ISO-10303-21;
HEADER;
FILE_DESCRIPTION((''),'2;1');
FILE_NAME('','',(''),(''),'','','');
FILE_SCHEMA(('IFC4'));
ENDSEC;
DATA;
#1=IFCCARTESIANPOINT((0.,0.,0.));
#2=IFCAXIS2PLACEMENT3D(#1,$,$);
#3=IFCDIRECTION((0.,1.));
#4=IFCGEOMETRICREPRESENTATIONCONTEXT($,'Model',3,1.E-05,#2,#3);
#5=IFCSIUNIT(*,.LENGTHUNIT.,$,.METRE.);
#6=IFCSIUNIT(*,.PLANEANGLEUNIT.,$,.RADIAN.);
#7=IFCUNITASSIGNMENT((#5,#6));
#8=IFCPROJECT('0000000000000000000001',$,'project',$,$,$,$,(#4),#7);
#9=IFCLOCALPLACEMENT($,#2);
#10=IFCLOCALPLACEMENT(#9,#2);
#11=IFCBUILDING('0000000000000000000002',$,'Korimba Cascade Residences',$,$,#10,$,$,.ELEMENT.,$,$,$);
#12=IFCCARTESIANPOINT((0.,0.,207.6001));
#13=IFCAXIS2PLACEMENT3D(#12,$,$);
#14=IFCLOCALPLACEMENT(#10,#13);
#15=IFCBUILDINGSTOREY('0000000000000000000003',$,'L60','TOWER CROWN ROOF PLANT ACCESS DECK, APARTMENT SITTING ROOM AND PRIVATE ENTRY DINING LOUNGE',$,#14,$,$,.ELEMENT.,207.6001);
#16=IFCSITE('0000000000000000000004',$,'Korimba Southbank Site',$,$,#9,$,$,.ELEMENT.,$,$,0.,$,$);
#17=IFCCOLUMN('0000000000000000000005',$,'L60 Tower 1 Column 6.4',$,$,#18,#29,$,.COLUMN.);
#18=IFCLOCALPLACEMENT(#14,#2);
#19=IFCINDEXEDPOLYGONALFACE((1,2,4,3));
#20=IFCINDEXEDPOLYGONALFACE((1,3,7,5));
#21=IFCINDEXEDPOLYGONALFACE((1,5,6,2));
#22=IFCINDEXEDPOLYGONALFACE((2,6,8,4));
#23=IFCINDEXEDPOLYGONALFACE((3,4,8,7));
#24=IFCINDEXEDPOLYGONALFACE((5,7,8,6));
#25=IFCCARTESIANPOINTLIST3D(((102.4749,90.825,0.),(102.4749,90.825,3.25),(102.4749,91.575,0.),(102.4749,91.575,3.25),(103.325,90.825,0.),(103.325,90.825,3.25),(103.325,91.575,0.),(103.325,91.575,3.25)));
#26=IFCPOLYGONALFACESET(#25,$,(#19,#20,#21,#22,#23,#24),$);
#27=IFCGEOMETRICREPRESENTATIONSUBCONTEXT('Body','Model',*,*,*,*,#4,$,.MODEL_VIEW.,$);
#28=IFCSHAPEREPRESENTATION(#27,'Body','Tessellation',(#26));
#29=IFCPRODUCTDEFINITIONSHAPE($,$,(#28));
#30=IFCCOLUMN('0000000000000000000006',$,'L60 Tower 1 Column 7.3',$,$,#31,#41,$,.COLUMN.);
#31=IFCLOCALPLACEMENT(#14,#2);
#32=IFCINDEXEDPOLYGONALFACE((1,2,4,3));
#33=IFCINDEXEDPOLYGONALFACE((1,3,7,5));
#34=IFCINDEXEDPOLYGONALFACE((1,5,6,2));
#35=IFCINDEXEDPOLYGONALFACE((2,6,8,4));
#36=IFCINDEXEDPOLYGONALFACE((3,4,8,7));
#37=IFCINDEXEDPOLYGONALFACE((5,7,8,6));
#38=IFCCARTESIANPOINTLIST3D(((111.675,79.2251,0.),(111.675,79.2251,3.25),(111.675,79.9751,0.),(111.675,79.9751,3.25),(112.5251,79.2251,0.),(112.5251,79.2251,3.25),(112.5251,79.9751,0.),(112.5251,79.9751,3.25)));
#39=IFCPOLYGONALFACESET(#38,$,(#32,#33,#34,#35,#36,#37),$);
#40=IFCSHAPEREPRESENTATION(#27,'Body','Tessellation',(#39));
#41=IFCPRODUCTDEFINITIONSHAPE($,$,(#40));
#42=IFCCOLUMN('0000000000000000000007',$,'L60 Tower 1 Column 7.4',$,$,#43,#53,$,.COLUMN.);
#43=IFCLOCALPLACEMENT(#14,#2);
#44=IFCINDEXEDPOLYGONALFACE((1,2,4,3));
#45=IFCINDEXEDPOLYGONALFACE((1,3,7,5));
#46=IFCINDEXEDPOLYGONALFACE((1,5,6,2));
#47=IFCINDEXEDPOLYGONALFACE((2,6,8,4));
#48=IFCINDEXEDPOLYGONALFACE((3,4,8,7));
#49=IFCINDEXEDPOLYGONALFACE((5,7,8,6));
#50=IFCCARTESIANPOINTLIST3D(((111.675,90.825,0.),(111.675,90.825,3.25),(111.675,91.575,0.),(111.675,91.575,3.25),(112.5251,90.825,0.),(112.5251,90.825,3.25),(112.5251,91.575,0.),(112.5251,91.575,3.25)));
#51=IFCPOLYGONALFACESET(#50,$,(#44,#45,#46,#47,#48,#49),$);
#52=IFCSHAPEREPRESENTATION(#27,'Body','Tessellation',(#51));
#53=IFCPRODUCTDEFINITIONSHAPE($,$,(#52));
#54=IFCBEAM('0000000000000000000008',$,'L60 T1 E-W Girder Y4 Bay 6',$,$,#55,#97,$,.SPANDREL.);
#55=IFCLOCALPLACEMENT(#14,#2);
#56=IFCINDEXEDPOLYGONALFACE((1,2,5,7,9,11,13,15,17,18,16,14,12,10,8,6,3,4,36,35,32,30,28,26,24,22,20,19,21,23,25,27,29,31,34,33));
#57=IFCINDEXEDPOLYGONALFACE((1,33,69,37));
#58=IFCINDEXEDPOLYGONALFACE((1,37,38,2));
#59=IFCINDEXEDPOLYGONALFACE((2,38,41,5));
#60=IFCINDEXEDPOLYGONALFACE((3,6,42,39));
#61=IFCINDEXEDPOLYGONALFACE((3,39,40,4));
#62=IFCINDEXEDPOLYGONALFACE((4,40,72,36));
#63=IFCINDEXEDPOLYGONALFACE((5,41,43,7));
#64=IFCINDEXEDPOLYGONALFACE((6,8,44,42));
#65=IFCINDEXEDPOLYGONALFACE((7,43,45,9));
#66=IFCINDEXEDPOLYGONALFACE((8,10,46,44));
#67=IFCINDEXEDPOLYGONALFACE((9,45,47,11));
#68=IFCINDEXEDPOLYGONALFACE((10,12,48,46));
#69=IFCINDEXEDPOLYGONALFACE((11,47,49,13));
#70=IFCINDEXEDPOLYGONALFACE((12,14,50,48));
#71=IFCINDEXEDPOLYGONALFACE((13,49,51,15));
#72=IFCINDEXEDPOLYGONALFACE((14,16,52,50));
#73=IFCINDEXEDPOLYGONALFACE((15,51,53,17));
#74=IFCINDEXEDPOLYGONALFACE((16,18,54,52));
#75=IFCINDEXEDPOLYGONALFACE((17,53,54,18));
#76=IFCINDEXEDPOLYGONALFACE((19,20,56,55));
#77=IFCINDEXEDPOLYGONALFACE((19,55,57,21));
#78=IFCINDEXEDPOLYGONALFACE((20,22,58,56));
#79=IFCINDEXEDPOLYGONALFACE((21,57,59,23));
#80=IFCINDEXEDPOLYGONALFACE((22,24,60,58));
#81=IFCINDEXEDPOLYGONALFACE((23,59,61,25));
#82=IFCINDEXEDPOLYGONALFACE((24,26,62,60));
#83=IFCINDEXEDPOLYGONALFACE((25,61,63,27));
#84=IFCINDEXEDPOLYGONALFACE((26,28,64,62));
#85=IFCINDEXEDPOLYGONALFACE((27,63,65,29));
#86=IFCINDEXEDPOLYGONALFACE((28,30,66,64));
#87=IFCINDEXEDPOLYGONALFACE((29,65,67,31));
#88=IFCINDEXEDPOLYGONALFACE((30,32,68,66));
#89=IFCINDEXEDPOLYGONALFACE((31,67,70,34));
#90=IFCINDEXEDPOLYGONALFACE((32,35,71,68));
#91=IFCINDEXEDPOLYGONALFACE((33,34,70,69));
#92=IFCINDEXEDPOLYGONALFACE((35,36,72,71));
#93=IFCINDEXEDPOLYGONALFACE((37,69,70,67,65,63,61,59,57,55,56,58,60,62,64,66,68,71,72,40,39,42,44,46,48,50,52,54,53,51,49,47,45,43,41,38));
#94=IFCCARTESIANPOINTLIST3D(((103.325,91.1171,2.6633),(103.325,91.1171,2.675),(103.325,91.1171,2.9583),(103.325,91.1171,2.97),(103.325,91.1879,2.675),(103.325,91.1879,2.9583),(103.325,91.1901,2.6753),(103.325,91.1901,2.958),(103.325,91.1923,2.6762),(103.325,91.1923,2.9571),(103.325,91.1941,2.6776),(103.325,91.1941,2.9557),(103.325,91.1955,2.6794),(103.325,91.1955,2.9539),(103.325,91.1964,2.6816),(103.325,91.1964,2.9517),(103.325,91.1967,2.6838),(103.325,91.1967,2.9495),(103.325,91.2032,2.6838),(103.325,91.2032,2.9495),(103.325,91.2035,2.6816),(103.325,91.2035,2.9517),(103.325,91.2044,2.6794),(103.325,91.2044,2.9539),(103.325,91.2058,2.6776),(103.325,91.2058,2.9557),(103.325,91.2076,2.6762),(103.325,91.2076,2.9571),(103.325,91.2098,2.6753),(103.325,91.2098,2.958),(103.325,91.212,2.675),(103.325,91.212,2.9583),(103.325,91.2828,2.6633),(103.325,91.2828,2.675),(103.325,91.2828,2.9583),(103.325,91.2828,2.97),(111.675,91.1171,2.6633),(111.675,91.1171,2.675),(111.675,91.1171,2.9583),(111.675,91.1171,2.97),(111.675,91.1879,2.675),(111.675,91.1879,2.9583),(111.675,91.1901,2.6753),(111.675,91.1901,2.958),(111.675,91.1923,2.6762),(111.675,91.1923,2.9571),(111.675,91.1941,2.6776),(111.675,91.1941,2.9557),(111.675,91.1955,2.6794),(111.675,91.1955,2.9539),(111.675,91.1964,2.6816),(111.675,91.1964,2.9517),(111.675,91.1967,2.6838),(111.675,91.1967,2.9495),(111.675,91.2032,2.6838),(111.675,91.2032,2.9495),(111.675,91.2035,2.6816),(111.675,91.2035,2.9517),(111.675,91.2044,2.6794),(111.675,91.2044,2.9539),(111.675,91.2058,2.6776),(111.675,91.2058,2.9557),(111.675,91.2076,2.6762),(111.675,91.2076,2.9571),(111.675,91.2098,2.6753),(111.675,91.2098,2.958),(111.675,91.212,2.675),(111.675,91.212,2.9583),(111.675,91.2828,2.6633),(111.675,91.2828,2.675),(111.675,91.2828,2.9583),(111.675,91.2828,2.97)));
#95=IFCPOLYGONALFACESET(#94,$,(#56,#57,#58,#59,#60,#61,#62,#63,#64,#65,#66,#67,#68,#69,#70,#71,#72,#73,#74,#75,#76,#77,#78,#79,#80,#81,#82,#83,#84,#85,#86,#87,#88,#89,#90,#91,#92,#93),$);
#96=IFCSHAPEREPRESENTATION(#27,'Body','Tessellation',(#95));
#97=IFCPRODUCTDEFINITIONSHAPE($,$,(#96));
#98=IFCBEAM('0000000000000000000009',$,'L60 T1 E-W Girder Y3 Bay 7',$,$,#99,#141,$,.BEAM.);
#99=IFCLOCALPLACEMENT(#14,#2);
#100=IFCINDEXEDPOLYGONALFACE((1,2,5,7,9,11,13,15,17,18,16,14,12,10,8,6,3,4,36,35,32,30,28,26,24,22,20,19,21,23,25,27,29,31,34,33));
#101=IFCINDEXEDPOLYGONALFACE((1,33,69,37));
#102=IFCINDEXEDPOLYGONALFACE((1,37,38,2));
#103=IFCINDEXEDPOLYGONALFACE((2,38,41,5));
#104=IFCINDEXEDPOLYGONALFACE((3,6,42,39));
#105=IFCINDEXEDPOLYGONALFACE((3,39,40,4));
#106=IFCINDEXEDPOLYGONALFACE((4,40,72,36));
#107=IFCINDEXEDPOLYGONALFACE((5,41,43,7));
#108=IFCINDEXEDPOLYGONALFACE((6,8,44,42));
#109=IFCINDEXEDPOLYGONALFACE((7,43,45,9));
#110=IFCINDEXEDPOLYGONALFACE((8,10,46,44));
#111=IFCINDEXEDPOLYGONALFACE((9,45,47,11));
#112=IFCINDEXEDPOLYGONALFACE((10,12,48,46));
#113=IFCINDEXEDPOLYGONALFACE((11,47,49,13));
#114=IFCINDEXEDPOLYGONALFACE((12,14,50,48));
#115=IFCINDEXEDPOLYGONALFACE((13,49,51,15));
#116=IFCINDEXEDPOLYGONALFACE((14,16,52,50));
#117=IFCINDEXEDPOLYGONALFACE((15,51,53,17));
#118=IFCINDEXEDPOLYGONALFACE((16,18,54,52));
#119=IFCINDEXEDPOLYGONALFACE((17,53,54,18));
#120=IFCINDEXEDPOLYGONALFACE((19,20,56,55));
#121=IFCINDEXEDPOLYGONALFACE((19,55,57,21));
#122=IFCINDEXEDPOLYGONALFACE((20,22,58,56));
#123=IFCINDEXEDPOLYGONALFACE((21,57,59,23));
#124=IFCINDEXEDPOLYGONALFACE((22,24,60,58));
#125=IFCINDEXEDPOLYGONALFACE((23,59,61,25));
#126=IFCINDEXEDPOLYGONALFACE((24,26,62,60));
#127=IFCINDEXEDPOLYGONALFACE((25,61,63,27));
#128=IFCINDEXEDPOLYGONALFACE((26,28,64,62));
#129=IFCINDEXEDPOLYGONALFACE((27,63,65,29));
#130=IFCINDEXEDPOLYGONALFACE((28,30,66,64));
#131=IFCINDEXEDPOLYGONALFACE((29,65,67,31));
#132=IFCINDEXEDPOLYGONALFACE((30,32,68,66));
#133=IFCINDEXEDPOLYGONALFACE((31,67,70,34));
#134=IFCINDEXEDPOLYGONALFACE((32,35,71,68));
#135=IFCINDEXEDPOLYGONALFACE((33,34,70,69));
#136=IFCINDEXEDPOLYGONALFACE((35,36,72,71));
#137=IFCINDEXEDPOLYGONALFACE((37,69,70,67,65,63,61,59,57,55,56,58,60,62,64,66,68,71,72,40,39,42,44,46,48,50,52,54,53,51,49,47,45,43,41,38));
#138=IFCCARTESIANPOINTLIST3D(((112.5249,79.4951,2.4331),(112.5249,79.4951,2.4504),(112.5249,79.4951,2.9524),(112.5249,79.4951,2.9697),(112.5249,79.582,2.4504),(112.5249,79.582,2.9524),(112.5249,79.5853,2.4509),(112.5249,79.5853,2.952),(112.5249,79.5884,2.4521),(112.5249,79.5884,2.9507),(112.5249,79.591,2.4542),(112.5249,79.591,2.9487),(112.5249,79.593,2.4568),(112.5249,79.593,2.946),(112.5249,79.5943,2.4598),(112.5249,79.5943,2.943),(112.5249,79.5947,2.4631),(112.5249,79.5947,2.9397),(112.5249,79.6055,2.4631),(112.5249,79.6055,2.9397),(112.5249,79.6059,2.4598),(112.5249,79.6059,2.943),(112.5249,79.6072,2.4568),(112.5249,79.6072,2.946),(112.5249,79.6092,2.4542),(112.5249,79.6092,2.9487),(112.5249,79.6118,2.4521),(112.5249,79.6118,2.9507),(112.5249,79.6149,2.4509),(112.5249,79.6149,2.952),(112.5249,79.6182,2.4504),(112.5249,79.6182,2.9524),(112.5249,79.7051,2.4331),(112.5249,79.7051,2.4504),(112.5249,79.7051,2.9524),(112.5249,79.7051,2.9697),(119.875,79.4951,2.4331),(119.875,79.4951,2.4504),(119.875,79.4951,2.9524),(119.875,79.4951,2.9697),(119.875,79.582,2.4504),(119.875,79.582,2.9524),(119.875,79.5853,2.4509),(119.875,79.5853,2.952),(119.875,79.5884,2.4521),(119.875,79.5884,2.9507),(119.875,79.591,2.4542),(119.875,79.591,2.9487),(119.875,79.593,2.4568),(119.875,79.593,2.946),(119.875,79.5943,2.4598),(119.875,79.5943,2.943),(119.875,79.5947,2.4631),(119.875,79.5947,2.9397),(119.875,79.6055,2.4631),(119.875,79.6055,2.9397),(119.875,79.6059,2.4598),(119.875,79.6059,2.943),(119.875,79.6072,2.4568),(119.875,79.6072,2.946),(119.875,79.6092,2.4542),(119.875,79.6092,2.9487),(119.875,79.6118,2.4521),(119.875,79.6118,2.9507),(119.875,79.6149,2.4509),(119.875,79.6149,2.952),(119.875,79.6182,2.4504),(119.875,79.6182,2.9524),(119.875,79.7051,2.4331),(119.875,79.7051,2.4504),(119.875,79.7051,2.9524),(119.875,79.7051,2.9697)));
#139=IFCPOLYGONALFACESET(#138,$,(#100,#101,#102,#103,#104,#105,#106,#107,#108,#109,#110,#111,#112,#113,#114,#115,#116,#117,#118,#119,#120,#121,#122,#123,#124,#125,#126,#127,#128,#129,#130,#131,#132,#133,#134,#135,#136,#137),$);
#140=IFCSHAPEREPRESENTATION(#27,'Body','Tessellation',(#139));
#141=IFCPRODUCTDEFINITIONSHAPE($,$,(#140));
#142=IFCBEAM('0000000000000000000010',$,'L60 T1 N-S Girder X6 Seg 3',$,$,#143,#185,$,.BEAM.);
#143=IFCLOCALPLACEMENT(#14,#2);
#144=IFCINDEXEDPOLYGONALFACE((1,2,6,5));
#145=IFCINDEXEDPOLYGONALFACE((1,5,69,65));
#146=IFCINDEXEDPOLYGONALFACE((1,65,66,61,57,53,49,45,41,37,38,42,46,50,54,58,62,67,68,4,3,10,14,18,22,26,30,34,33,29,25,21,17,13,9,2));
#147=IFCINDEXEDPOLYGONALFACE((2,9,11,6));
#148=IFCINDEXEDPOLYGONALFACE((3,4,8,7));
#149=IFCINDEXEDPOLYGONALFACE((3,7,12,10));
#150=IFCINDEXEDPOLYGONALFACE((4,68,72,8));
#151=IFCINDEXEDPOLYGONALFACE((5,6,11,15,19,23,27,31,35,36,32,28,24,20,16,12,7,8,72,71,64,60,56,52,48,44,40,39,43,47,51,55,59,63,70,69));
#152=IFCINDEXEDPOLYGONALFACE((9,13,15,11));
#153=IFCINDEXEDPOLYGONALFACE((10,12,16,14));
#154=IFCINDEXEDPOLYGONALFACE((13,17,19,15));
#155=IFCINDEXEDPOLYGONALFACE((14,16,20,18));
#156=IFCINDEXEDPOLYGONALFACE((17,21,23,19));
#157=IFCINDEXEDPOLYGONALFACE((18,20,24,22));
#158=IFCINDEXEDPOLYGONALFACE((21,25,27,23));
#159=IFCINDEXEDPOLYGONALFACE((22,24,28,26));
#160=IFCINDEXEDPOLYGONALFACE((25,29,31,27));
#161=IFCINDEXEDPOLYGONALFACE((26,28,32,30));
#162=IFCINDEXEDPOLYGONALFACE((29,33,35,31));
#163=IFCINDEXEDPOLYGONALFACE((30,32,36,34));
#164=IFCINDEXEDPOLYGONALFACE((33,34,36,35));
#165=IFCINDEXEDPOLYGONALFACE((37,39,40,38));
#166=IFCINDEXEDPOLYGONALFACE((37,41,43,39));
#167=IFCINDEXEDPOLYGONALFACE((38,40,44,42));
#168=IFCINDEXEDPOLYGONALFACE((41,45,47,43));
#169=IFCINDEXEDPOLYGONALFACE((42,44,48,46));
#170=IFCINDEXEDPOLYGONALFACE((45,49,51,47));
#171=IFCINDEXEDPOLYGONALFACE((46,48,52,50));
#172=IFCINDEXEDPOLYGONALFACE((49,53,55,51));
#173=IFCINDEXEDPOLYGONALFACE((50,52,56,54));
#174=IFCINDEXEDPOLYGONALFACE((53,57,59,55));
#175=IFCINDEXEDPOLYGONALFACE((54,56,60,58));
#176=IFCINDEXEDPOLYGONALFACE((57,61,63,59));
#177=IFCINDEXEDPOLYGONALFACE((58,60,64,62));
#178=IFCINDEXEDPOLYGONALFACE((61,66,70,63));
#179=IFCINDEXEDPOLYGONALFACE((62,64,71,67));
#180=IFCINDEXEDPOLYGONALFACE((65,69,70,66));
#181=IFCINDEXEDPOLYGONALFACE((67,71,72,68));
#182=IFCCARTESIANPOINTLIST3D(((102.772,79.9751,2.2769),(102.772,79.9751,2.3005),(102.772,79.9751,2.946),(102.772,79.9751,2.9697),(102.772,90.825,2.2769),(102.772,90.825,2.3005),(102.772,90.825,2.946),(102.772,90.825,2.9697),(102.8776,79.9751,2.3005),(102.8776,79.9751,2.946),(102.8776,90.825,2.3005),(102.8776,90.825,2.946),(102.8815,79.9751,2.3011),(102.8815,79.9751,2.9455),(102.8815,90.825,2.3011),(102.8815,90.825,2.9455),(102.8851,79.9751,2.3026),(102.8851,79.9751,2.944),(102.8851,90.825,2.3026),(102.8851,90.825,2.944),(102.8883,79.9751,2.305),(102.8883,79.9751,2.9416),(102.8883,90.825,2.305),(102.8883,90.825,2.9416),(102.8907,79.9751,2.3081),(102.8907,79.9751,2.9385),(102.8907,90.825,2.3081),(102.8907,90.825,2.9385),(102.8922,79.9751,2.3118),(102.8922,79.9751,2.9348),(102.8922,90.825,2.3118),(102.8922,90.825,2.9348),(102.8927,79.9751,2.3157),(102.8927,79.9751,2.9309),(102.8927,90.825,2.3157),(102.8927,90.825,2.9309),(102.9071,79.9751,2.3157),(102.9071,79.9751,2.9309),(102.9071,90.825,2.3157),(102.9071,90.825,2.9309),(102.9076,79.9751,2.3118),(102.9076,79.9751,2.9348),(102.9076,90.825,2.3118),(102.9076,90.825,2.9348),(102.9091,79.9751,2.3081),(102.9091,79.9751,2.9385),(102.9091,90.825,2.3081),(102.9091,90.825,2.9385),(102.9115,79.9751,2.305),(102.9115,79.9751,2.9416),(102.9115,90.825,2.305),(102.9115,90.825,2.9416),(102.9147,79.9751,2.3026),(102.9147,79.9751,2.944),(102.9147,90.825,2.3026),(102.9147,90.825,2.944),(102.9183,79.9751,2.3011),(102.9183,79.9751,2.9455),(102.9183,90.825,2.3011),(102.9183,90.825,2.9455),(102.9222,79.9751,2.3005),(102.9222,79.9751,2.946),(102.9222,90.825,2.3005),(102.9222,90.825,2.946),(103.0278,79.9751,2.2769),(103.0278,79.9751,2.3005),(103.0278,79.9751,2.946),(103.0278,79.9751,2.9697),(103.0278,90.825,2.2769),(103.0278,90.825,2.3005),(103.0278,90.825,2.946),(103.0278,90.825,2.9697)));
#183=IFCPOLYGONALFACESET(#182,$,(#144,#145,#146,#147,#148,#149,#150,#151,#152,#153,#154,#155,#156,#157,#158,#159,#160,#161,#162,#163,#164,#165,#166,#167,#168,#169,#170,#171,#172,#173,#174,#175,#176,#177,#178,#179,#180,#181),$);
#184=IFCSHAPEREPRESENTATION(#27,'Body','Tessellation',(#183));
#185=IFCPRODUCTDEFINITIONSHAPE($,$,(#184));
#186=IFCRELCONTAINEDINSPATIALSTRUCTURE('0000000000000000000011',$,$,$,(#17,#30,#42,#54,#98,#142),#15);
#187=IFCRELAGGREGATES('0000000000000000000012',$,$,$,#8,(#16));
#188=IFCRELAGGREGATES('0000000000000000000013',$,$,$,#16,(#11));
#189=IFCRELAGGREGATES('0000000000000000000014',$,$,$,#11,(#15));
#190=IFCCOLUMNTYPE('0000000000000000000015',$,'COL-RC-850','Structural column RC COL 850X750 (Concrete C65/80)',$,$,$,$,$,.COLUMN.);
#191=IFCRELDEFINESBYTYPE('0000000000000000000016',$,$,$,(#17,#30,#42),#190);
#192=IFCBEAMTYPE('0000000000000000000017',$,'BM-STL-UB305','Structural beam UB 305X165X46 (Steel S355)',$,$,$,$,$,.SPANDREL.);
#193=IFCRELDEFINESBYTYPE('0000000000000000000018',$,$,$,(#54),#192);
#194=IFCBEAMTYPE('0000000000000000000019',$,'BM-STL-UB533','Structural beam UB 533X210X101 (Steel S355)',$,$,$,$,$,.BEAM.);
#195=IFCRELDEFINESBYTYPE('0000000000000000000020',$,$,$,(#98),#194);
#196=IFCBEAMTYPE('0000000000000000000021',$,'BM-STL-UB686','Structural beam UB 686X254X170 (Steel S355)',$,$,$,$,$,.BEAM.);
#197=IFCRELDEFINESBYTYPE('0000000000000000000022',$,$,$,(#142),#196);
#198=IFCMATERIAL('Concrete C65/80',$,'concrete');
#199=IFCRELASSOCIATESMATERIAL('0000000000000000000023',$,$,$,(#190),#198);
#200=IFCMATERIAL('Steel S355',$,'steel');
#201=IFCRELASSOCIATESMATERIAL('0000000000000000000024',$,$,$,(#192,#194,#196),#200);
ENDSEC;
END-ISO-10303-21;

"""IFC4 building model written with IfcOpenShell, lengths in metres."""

from ifc_helpers import new_model, si_unit, direction, frame, origin, origin_2d, place, context, subcontext, project, spatial, rectangle, i_section, extrude, material, material_profile, profile_set, type_object, element, save


model = new_model("IFC4")

# Units and contexts
model_context = context("Model", 3, precision=1e-05, world=origin(), true_north=direction((0.0, 1.0)))
body_context = subcontext(model_context, "Body", "Model", "MODEL_VIEW")
ifc_project = project(units=[si_unit("LENGTHUNIT", "METRE"), si_unit("PLANEANGLEUNIT", "RADIAN")], contexts=[model_context])

# Site, building, storey
site_placement = place(None, origin())
site = spatial("IfcSite", under=ifc_project, at=site_placement, Name="Korimba Southbank Site", CompositionType="ELEMENT", RefElevation=0.0)
building_placement = place(site_placement, origin())
building = spatial("IfcBuilding", under=site, at=building_placement, Name="Korimba Cascade Residences", CompositionType="ELEMENT")
storey_placement = place(building_placement, frame((0.0, 0.0, 207.6001)))
storey = spatial("IfcBuildingStorey", under=building, at=storey_placement, Name="L60", Description="TOWER CROWN ROOF PLANT ACCESS DECK, APARTMENT SITTING ROOM AND PRIVATE ENTRY DINING LOUNGE", CompositionType="ELEMENT", Elevation=207.6001)

# Columns
ifc_material_1 = material(Name="Concrete C65/80", Category="concrete")
ifc_material_profile_1 = material_profile(ifc_material_1, rectangle(XDim=0.8501, YDim=0.75, at=origin_2d()), Name="Concrete C65/80")
ifc_profile_set_1 = profile_set([ifc_material_profile_1], Name="Concrete C65/80")
column_type = type_object("IfcColumnType", Name="COL-RC-850", Description="Structural column RC COL 850X750 (Concrete C65/80)", PredefinedType="COLUMN", material=ifc_profile_set_1)
for number, where, z_axis, x_axis, name in (
    (1, (102.8999, 91.2, 0.0), (0.0, 0.0, 1.0), (1.0, 0.0, 0.0), "L60 Tower 1 Column 6.4"),
    (2, (112.1001, 79.6001, 0.0), (0.0, 0.0, 1.0), (1.0, 0.0, 0.0), "L60 Tower 1 Column 7.3"),
    (3, (112.1001, 91.2, 0.0), (0.0, 0.0, 1.0), (1.0, 0.0, 0.0), "L60 Tower 1 Column 7.4"),
):
    element("IfcColumn", number, at=place(storey_placement, frame(where, z_axis=z_axis, x_axis=x_axis)), inside=storey, type_object=column_type, Name=name, PredefinedType="COLUMN", context=body_context, shape_type="SweptSolid", body=[
        extrude(rectangle(XDim=0.8501, YDim=0.75, at=origin_2d()), origin(), (0.0, 0.0, 1.0), 3.25),
    ])

# Beams
ifc_material_2 = material(Name="Steel S355", Category="steel")
ifc_material_profile_2 = material_profile(ifc_material_2, i_section(OverallWidth=0.1658, OverallDepth=0.3066, WebThickness=0.0066, FlangeThickness=0.0117, FilletRadius=0.0088, at=origin_2d()), Name="Steel S355")
ifc_profile_set_2 = profile_set([ifc_material_profile_2], Name="Steel S355")
beam_type_1 = type_object("IfcBeamType", Name="BM-STL-UB305", Description="Structural beam UB 305X165X46 (Steel S355)", PredefinedType="SPANDREL", material=ifc_profile_set_2)
beam_1_placement = place(storey_placement, frame((103.325, 91.2, 2.8167), z_axis=(1.0, 0.0, 0.0), x_axis=(0.0, 1.0, 0.0)))
element("IfcBeam", 4, at=beam_1_placement, inside=storey, type_object=beam_type_1, Name="L60 T1 E-W Girder Y4 Bay 6", PredefinedType="SPANDREL", context=body_context, shape_type="SweptSolid", body=[
    extrude(i_section(OverallWidth=0.1658, OverallDepth=0.3066, WebThickness=0.0066, FlangeThickness=0.0117, FilletRadius=0.0088, at=origin_2d()), origin(), (0.0, 0.0, 1.0), 8.3501),
])
ifc_material_profile_3 = material_profile(ifc_material_2, i_section(OverallWidth=0.21, OverallDepth=0.5366, WebThickness=0.0107, FlangeThickness=0.0173, FilletRadius=0.0127, at=origin_2d()), Name="Steel S355")
ifc_profile_set_3 = profile_set([ifc_material_profile_3], Name="Steel S355")
beam_type_2 = type_object("IfcBeamType", Name="BM-STL-UB533", Description="Structural beam UB 533X210X101 (Steel S355)", PredefinedType="BEAM", material=ifc_profile_set_3)
beam_2_placement = place(storey_placement, frame((112.5249, 79.6001, 2.7014), z_axis=(1.0, 0.0, 0.0), x_axis=(0.0, 1.0, 0.0)))
element("IfcBeam", 5, at=beam_2_placement, inside=storey, type_object=beam_type_2, Name="L60 T1 E-W Girder Y3 Bay 7", PredefinedType="BEAM", context=body_context, shape_type="SweptSolid", body=[
    extrude(i_section(OverallWidth=0.21, OverallDepth=0.5366, WebThickness=0.0107, FlangeThickness=0.0173, FilletRadius=0.0127, at=origin_2d()), origin(), (0.0, 0.0, 1.0), 7.3501),
])
ifc_material_profile_4 = material_profile(ifc_material_2, i_section(OverallWidth=0.2559, OverallDepth=0.6929, WebThickness=0.0144, FlangeThickness=0.0237, FilletRadius=0.0151, at=origin_2d()), Name="Steel S355")
ifc_profile_set_4 = profile_set([ifc_material_profile_4], Name="Steel S355")
beam_type_3 = type_object("IfcBeamType", Name="BM-STL-UB686", Description="Structural beam UB 686X254X170 (Steel S355)", PredefinedType="BEAM", material=ifc_profile_set_4)
for number, where, z_axis, x_axis, name in (
    (6, (102.8999, 79.9751, 2.6233), (0.0, 1.0, 0.0), (-1.0, 0.0, 0.0), "L60 T1 N-S Girder X6 Seg 3"),
):
    element("IfcBeam", number, at=place(storey_placement, frame(where, z_axis=z_axis, x_axis=x_axis)), inside=storey, type_object=beam_type_3, Name=name, PredefinedType="BEAM", context=body_context, shape_type="SweptSolid", body=[
        extrude(i_section(OverallWidth=0.2559, OverallDepth=0.6929, WebThickness=0.0144, FlangeThickness=0.0237, FilletRadius=0.0151, at=origin_2d()), origin(), (0.0, 0.0, 1.0), 10.8499),
    ])

save(model, "model.ifc")
